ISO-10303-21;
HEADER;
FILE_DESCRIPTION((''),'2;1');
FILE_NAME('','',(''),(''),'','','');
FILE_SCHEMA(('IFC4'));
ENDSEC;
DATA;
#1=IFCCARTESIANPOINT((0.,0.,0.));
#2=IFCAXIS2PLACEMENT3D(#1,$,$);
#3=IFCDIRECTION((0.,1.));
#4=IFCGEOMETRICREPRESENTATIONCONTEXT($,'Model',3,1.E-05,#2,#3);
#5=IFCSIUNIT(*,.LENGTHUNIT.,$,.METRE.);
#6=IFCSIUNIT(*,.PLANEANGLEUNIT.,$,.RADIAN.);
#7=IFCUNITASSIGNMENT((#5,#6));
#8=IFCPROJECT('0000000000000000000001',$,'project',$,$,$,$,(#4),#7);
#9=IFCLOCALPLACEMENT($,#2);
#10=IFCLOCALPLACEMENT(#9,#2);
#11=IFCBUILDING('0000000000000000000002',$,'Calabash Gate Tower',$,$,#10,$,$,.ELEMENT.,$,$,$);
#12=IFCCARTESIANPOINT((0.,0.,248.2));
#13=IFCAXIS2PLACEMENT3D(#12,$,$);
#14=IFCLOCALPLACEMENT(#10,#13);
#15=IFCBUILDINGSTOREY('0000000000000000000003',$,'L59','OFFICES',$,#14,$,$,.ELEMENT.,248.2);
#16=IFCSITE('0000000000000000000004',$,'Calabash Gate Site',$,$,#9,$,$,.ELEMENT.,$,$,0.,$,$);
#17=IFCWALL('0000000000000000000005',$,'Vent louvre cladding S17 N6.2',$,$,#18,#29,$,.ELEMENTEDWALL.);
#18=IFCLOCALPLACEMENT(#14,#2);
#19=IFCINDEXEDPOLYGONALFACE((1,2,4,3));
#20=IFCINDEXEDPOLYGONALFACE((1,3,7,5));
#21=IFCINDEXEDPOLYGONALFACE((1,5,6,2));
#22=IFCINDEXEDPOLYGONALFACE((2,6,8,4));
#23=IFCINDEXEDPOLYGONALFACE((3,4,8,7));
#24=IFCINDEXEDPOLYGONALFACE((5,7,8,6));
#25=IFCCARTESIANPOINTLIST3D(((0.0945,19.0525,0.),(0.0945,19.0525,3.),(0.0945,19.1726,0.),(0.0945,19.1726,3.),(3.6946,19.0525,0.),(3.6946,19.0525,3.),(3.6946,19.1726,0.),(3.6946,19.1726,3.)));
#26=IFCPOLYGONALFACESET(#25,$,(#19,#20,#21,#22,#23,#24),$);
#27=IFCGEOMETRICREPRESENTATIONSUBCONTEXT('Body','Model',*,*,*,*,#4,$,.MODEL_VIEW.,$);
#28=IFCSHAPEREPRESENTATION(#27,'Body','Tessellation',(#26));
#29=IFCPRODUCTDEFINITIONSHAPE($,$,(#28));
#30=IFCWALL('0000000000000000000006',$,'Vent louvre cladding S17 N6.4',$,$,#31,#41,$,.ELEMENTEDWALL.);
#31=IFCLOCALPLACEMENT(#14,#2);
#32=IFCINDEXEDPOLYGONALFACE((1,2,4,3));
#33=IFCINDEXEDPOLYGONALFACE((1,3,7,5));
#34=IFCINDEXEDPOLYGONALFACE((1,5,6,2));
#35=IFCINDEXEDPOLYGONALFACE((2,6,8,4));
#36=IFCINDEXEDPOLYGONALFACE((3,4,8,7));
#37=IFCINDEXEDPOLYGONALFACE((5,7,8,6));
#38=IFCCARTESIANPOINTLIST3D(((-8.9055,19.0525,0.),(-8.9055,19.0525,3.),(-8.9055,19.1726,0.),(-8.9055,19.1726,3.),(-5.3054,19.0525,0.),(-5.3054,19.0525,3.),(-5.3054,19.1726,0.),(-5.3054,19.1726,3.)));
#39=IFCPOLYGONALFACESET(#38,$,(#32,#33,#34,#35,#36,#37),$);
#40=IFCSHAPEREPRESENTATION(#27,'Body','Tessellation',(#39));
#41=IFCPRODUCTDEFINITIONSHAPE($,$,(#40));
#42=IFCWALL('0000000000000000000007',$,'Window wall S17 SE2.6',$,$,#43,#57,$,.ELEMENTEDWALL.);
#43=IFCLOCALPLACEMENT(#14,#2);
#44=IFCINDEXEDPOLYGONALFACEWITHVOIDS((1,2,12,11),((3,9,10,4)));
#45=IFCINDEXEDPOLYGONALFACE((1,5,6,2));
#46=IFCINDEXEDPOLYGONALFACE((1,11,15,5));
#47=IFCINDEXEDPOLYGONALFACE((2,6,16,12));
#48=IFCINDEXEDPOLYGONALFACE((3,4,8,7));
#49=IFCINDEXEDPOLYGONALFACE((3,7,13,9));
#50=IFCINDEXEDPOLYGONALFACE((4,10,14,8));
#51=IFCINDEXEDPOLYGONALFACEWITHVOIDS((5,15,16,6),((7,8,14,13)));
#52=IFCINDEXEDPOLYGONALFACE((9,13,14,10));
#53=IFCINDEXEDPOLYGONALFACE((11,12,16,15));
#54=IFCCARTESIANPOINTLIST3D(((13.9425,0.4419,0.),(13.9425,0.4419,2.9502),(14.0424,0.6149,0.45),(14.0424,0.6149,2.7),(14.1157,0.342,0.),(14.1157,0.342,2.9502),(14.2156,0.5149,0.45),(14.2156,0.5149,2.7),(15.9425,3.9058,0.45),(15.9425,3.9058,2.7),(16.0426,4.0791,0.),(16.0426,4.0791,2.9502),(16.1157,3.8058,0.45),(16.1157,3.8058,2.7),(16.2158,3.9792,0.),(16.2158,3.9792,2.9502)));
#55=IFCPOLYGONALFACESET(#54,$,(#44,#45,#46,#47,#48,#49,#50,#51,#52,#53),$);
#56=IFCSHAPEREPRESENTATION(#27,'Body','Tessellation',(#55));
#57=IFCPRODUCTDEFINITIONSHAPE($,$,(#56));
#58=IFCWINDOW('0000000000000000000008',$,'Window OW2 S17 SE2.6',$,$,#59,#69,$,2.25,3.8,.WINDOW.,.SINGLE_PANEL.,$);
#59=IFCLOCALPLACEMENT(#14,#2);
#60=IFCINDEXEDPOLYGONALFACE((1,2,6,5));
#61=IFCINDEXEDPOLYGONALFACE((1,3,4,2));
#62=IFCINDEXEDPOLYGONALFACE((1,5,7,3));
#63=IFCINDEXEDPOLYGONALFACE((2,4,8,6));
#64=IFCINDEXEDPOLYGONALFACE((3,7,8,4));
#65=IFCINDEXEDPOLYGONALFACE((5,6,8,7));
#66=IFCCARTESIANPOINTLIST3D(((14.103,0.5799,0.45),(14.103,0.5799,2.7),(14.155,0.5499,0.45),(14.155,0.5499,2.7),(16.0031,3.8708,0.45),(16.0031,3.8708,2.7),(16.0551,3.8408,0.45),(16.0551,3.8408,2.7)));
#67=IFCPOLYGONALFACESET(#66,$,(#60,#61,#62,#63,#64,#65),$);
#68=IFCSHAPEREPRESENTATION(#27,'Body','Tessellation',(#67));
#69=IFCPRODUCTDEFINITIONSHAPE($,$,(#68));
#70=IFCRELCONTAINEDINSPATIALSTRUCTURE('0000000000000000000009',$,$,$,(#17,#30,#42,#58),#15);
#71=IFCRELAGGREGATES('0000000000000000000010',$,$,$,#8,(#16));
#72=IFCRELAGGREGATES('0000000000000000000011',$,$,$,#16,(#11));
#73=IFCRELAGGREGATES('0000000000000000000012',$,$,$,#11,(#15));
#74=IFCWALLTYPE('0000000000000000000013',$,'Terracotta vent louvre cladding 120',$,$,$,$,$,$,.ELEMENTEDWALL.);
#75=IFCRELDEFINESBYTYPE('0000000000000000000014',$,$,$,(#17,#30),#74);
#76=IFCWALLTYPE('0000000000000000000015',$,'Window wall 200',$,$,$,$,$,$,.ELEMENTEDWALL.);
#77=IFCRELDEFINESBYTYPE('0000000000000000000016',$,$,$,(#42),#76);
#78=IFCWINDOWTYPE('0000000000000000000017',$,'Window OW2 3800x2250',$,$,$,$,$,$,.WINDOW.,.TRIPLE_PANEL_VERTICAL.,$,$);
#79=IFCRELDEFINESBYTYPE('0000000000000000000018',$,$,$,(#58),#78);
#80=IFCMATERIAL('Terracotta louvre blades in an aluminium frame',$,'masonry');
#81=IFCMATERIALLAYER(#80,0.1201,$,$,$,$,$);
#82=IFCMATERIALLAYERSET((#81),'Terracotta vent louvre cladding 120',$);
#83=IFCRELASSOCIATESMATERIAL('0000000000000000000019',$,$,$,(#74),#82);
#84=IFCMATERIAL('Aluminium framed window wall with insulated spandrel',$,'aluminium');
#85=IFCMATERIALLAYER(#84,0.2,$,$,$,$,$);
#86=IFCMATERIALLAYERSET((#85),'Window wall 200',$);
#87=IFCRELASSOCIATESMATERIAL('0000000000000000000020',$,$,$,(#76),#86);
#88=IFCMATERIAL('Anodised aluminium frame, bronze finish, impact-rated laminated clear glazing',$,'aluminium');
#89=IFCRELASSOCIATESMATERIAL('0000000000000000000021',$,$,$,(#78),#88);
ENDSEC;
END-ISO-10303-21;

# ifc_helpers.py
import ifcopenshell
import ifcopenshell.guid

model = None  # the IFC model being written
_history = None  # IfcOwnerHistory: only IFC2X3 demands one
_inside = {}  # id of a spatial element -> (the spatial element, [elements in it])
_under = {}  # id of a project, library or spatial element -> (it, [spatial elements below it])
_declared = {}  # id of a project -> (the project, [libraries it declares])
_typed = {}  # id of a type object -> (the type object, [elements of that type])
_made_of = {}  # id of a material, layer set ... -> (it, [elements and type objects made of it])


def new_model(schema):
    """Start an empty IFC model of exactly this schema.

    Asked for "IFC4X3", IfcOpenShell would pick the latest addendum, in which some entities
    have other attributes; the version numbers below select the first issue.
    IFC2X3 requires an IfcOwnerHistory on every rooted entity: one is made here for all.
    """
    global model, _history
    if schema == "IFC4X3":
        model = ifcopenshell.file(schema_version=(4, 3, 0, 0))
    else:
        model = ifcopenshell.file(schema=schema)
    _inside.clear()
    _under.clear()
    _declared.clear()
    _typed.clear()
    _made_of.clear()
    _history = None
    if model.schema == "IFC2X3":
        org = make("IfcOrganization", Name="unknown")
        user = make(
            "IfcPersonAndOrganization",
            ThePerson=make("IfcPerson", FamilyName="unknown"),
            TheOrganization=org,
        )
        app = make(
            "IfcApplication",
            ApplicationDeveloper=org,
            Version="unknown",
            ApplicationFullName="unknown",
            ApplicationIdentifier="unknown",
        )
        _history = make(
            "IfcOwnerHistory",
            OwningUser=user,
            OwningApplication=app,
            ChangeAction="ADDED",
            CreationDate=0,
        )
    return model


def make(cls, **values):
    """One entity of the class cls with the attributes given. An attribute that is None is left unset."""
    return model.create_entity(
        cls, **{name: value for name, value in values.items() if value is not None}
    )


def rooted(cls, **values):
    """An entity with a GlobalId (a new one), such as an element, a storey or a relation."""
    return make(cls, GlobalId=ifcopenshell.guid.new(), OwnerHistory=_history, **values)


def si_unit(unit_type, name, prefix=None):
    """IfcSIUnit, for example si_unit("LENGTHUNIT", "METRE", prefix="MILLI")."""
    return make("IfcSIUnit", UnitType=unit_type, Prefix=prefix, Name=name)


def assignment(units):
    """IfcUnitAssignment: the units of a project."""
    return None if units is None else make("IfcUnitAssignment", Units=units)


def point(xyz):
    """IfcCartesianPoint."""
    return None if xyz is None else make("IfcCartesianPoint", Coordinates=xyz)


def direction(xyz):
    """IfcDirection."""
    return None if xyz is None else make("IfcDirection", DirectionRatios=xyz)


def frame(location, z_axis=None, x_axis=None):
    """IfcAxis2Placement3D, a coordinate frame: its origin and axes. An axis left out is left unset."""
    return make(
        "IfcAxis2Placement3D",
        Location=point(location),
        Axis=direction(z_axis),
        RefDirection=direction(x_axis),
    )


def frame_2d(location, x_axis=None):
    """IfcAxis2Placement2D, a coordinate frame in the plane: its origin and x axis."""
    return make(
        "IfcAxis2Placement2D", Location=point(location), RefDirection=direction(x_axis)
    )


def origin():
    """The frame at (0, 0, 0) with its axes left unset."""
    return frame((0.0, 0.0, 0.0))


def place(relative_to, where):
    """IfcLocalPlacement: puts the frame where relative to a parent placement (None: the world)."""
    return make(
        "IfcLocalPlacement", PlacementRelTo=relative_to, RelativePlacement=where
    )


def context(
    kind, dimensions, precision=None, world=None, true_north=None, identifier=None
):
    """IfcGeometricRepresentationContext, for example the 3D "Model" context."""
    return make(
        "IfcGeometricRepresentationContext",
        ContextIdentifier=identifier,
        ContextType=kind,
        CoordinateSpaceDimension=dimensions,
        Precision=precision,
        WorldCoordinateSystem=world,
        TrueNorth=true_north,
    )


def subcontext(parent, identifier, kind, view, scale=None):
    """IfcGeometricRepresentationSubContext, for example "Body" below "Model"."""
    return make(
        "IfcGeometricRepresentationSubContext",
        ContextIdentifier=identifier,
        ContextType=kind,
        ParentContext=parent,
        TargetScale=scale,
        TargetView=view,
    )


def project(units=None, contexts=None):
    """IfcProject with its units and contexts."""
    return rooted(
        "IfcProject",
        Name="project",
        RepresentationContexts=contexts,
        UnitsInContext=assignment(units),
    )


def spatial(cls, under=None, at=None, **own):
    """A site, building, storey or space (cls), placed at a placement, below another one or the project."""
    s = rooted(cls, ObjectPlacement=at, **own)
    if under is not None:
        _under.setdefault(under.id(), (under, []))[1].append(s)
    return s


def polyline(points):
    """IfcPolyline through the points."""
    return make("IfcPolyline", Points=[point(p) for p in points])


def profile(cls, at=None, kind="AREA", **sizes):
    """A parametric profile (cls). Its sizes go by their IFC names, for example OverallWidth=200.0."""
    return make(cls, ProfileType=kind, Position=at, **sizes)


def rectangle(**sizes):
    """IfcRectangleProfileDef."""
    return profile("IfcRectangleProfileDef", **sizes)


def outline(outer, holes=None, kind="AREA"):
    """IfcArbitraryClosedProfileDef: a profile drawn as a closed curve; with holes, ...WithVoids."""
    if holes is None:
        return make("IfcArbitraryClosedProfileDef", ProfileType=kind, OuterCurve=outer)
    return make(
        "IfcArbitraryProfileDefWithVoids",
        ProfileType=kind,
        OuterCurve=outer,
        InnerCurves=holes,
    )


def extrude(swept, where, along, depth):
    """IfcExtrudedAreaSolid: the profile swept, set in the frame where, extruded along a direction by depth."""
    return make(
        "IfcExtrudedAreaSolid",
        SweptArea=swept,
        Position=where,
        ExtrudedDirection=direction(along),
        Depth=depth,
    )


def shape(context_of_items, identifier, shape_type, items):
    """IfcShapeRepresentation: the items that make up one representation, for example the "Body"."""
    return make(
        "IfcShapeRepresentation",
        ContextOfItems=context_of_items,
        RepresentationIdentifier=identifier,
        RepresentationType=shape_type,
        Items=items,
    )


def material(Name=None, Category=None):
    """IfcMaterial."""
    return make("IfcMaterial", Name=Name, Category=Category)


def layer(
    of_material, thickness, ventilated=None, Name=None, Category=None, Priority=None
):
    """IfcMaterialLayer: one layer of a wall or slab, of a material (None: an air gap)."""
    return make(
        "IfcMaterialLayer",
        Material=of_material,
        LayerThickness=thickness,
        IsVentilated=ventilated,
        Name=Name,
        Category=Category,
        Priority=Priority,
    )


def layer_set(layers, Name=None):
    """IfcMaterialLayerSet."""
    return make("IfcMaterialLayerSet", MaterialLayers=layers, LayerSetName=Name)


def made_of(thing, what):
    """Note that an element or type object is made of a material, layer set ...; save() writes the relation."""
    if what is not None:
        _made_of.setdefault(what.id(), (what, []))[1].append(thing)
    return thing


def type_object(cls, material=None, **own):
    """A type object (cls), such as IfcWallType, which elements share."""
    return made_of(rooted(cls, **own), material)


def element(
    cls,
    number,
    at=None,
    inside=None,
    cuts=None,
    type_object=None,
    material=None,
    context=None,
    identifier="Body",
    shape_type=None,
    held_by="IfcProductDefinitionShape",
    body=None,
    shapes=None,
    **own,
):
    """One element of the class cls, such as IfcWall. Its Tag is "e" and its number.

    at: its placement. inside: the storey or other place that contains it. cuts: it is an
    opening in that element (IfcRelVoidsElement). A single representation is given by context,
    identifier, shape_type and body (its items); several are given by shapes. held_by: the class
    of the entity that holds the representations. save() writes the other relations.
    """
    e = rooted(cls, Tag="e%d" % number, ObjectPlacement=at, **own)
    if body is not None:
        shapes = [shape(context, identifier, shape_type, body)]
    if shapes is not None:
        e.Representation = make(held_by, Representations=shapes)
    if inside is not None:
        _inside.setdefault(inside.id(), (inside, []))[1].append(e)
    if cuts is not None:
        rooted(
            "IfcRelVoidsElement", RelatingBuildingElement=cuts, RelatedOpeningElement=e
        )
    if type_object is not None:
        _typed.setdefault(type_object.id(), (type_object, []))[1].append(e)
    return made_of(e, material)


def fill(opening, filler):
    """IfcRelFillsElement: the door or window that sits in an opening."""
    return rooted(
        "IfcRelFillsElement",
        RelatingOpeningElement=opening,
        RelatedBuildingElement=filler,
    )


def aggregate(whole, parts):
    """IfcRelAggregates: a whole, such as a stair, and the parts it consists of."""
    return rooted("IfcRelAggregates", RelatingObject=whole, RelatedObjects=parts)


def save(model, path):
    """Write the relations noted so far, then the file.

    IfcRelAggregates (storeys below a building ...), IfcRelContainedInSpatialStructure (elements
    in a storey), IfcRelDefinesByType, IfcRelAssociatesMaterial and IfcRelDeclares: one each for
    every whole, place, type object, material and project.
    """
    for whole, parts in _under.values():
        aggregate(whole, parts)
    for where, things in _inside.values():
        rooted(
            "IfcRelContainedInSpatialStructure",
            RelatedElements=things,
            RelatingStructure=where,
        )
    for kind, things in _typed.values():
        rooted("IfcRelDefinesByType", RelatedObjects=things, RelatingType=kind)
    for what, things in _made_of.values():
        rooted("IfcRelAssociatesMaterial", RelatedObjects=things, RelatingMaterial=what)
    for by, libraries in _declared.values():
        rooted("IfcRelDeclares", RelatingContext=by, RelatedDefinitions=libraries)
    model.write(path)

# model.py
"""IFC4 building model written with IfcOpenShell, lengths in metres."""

from ifc_helpers import new_model, si_unit, direction, frame, frame_2d, origin, place, context, subcontext, project, spatial, polyline, rectangle, outline, extrude, material, layer, layer_set, type_object, element, fill, save


model = new_model("IFC4")

# Units and contexts
model_context = context("Model", 3, precision=1e-05, world=origin(), true_north=direction((0.0, 1.0)))
body_context = subcontext(model_context, "Body", "Model", "MODEL_VIEW")
ifc_project = project(units=[si_unit("LENGTHUNIT", "METRE"), si_unit("PLANEANGLEUNIT", "RADIAN")], contexts=[model_context])

# Site, building, storey
site_placement = place(None, origin())
site = spatial("IfcSite", under=ifc_project, at=site_placement, Name="Calabash Gate Site", CompositionType="ELEMENT", RefElevation=0.0)
building_placement = place(site_placement, origin())
building = spatial("IfcBuilding", under=site, at=building_placement, Name="Calabash Gate Tower", CompositionType="ELEMENT")
storey_placement = place(building_placement, frame((0.0, 0.0, 248.2)))
storey = spatial("IfcBuildingStorey", under=building, at=storey_placement, Name="L59", Description="OFFICES", CompositionType="ELEMENT", Elevation=248.2)

# Walls
ifc_material_1 = material(Name="Terracotta louvre blades in an aluminium frame", Category="masonry")
ifc_layer_1 = layer(ifc_material_1, 0.1201)
ifc_layer_set_1 = layer_set([ifc_layer_1], Name="Terracotta vent louvre cladding 120")
wall_type_1 = type_object("IfcWallType", Name="Terracotta vent louvre cladding 120", PredefinedType="ELEMENTEDWALL", material=ifc_layer_set_1)
wall_1_placement = place(storey_placement, origin())
element("IfcWall", 1, at=wall_1_placement, inside=storey, type_object=wall_type_1, Name="Vent louvre cladding S17 N6.2", PredefinedType="ELEMENTEDWALL", context=body_context, shape_type="SweptSolid", body=[
    extrude(outline(polyline([(0.0945, 19.1726), (0.0945, 19.0525), (3.6946, 19.0525), (3.6946, 19.1726), (0.0945, 19.1726)])), origin(), (0.0, 0.0, 1.0), 3.0),
])
wall_2_placement = place(storey_placement, origin())
element("IfcWall", 2, at=wall_2_placement, inside=storey, type_object=wall_type_1, Name="Vent louvre cladding S17 N6.4", PredefinedType="ELEMENTEDWALL", context=body_context, shape_type="SweptSolid", body=[
    extrude(outline(polyline([(-8.9055, 19.1726), (-8.9055, 19.0525), (-5.3054, 19.0525), (-5.3054, 19.1726), (-8.9055, 19.1726)])), origin(), (0.0, 0.0, 1.0), 3.0),
])

# Wall, opening, window
ifc_material_2 = material(Name="Aluminium framed window wall with insulated spandrel", Category="aluminium")
ifc_layer_2 = layer(ifc_material_2, 0.2)
ifc_layer_set_2 = layer_set([ifc_layer_2], Name="Window wall 200")
wall_type_2 = type_object("IfcWallType", Name="Window wall 200", PredefinedType="ELEMENTEDWALL", material=ifc_layer_set_2)
wall_3_placement = place(storey_placement, frame((14.0291, 0.3918, 0.0), z_axis=(0.0, 0.0, 1.0), x_axis=(0.500028, 0.866009, 0.0)))
wall_3 = element("IfcWall", 3, at=wall_3_placement, inside=storey, type_object=wall_type_2, Name="Window wall S17 SE2.6", PredefinedType="ELEMENTEDWALL", context=body_context, shape_type="SweptSolid", body=[
    extrude(rectangle(XDim=4.2, YDim=0.2, at=frame_2d((2.1001, 0.0))), origin(), (0.0, 0.0, 1.0), 2.9502),
])
opening_placement = place(wall_3_placement, frame((0.2, 0.0, 0.45)))
opening = element("IfcOpeningElement", 4, at=opening_placement, cuts=wall_3, PredefinedType="OPENING", context=body_context, shape_type="SweptSolid", body=[
    extrude(rectangle(XDim=3.8, YDim=2.25, at=frame_2d((1.8999, 1.125))), frame((0.0, 0.1099, 0.0), z_axis=(0.0, -1.0, 0.0), x_axis=(1.0, 0.0, 0.0)), (0.0, 0.0, 1.0), 0.22),
])
ifc_material_3 = material(Name="Anodised aluminium frame, bronze finish, impact-rated laminated clear glazing", Category="aluminium")
window_type = type_object("IfcWindowType", Name="Window OW2 3800x2250", PartitioningType="TRIPLE_PANEL_VERTICAL", PredefinedType="WINDOW", material=ifc_material_3)
window_placement = place(opening_placement, origin())
window = element("IfcWindow", 5, at=window_placement, inside=storey, type_object=window_type, Name="Window OW2 S17 SE2.6", OverallHeight=2.25, OverallWidth=3.8, PartitioningType="SINGLE_PANEL", PredefinedType="WINDOW", context=body_context, shape_type="SweptSolid", body=[
    extrude(rectangle(XDim=3.8, YDim=2.25, at=frame_2d((1.8999, 1.125))), frame((0.0, 0.03, 0.0), z_axis=(0.0, -1.0, 0.0), x_axis=(1.0, 0.0, 0.0)), (0.0, 0.0, 1.0), 0.0601),
])
fill(opening, window)

save(model, "model.ifc")
